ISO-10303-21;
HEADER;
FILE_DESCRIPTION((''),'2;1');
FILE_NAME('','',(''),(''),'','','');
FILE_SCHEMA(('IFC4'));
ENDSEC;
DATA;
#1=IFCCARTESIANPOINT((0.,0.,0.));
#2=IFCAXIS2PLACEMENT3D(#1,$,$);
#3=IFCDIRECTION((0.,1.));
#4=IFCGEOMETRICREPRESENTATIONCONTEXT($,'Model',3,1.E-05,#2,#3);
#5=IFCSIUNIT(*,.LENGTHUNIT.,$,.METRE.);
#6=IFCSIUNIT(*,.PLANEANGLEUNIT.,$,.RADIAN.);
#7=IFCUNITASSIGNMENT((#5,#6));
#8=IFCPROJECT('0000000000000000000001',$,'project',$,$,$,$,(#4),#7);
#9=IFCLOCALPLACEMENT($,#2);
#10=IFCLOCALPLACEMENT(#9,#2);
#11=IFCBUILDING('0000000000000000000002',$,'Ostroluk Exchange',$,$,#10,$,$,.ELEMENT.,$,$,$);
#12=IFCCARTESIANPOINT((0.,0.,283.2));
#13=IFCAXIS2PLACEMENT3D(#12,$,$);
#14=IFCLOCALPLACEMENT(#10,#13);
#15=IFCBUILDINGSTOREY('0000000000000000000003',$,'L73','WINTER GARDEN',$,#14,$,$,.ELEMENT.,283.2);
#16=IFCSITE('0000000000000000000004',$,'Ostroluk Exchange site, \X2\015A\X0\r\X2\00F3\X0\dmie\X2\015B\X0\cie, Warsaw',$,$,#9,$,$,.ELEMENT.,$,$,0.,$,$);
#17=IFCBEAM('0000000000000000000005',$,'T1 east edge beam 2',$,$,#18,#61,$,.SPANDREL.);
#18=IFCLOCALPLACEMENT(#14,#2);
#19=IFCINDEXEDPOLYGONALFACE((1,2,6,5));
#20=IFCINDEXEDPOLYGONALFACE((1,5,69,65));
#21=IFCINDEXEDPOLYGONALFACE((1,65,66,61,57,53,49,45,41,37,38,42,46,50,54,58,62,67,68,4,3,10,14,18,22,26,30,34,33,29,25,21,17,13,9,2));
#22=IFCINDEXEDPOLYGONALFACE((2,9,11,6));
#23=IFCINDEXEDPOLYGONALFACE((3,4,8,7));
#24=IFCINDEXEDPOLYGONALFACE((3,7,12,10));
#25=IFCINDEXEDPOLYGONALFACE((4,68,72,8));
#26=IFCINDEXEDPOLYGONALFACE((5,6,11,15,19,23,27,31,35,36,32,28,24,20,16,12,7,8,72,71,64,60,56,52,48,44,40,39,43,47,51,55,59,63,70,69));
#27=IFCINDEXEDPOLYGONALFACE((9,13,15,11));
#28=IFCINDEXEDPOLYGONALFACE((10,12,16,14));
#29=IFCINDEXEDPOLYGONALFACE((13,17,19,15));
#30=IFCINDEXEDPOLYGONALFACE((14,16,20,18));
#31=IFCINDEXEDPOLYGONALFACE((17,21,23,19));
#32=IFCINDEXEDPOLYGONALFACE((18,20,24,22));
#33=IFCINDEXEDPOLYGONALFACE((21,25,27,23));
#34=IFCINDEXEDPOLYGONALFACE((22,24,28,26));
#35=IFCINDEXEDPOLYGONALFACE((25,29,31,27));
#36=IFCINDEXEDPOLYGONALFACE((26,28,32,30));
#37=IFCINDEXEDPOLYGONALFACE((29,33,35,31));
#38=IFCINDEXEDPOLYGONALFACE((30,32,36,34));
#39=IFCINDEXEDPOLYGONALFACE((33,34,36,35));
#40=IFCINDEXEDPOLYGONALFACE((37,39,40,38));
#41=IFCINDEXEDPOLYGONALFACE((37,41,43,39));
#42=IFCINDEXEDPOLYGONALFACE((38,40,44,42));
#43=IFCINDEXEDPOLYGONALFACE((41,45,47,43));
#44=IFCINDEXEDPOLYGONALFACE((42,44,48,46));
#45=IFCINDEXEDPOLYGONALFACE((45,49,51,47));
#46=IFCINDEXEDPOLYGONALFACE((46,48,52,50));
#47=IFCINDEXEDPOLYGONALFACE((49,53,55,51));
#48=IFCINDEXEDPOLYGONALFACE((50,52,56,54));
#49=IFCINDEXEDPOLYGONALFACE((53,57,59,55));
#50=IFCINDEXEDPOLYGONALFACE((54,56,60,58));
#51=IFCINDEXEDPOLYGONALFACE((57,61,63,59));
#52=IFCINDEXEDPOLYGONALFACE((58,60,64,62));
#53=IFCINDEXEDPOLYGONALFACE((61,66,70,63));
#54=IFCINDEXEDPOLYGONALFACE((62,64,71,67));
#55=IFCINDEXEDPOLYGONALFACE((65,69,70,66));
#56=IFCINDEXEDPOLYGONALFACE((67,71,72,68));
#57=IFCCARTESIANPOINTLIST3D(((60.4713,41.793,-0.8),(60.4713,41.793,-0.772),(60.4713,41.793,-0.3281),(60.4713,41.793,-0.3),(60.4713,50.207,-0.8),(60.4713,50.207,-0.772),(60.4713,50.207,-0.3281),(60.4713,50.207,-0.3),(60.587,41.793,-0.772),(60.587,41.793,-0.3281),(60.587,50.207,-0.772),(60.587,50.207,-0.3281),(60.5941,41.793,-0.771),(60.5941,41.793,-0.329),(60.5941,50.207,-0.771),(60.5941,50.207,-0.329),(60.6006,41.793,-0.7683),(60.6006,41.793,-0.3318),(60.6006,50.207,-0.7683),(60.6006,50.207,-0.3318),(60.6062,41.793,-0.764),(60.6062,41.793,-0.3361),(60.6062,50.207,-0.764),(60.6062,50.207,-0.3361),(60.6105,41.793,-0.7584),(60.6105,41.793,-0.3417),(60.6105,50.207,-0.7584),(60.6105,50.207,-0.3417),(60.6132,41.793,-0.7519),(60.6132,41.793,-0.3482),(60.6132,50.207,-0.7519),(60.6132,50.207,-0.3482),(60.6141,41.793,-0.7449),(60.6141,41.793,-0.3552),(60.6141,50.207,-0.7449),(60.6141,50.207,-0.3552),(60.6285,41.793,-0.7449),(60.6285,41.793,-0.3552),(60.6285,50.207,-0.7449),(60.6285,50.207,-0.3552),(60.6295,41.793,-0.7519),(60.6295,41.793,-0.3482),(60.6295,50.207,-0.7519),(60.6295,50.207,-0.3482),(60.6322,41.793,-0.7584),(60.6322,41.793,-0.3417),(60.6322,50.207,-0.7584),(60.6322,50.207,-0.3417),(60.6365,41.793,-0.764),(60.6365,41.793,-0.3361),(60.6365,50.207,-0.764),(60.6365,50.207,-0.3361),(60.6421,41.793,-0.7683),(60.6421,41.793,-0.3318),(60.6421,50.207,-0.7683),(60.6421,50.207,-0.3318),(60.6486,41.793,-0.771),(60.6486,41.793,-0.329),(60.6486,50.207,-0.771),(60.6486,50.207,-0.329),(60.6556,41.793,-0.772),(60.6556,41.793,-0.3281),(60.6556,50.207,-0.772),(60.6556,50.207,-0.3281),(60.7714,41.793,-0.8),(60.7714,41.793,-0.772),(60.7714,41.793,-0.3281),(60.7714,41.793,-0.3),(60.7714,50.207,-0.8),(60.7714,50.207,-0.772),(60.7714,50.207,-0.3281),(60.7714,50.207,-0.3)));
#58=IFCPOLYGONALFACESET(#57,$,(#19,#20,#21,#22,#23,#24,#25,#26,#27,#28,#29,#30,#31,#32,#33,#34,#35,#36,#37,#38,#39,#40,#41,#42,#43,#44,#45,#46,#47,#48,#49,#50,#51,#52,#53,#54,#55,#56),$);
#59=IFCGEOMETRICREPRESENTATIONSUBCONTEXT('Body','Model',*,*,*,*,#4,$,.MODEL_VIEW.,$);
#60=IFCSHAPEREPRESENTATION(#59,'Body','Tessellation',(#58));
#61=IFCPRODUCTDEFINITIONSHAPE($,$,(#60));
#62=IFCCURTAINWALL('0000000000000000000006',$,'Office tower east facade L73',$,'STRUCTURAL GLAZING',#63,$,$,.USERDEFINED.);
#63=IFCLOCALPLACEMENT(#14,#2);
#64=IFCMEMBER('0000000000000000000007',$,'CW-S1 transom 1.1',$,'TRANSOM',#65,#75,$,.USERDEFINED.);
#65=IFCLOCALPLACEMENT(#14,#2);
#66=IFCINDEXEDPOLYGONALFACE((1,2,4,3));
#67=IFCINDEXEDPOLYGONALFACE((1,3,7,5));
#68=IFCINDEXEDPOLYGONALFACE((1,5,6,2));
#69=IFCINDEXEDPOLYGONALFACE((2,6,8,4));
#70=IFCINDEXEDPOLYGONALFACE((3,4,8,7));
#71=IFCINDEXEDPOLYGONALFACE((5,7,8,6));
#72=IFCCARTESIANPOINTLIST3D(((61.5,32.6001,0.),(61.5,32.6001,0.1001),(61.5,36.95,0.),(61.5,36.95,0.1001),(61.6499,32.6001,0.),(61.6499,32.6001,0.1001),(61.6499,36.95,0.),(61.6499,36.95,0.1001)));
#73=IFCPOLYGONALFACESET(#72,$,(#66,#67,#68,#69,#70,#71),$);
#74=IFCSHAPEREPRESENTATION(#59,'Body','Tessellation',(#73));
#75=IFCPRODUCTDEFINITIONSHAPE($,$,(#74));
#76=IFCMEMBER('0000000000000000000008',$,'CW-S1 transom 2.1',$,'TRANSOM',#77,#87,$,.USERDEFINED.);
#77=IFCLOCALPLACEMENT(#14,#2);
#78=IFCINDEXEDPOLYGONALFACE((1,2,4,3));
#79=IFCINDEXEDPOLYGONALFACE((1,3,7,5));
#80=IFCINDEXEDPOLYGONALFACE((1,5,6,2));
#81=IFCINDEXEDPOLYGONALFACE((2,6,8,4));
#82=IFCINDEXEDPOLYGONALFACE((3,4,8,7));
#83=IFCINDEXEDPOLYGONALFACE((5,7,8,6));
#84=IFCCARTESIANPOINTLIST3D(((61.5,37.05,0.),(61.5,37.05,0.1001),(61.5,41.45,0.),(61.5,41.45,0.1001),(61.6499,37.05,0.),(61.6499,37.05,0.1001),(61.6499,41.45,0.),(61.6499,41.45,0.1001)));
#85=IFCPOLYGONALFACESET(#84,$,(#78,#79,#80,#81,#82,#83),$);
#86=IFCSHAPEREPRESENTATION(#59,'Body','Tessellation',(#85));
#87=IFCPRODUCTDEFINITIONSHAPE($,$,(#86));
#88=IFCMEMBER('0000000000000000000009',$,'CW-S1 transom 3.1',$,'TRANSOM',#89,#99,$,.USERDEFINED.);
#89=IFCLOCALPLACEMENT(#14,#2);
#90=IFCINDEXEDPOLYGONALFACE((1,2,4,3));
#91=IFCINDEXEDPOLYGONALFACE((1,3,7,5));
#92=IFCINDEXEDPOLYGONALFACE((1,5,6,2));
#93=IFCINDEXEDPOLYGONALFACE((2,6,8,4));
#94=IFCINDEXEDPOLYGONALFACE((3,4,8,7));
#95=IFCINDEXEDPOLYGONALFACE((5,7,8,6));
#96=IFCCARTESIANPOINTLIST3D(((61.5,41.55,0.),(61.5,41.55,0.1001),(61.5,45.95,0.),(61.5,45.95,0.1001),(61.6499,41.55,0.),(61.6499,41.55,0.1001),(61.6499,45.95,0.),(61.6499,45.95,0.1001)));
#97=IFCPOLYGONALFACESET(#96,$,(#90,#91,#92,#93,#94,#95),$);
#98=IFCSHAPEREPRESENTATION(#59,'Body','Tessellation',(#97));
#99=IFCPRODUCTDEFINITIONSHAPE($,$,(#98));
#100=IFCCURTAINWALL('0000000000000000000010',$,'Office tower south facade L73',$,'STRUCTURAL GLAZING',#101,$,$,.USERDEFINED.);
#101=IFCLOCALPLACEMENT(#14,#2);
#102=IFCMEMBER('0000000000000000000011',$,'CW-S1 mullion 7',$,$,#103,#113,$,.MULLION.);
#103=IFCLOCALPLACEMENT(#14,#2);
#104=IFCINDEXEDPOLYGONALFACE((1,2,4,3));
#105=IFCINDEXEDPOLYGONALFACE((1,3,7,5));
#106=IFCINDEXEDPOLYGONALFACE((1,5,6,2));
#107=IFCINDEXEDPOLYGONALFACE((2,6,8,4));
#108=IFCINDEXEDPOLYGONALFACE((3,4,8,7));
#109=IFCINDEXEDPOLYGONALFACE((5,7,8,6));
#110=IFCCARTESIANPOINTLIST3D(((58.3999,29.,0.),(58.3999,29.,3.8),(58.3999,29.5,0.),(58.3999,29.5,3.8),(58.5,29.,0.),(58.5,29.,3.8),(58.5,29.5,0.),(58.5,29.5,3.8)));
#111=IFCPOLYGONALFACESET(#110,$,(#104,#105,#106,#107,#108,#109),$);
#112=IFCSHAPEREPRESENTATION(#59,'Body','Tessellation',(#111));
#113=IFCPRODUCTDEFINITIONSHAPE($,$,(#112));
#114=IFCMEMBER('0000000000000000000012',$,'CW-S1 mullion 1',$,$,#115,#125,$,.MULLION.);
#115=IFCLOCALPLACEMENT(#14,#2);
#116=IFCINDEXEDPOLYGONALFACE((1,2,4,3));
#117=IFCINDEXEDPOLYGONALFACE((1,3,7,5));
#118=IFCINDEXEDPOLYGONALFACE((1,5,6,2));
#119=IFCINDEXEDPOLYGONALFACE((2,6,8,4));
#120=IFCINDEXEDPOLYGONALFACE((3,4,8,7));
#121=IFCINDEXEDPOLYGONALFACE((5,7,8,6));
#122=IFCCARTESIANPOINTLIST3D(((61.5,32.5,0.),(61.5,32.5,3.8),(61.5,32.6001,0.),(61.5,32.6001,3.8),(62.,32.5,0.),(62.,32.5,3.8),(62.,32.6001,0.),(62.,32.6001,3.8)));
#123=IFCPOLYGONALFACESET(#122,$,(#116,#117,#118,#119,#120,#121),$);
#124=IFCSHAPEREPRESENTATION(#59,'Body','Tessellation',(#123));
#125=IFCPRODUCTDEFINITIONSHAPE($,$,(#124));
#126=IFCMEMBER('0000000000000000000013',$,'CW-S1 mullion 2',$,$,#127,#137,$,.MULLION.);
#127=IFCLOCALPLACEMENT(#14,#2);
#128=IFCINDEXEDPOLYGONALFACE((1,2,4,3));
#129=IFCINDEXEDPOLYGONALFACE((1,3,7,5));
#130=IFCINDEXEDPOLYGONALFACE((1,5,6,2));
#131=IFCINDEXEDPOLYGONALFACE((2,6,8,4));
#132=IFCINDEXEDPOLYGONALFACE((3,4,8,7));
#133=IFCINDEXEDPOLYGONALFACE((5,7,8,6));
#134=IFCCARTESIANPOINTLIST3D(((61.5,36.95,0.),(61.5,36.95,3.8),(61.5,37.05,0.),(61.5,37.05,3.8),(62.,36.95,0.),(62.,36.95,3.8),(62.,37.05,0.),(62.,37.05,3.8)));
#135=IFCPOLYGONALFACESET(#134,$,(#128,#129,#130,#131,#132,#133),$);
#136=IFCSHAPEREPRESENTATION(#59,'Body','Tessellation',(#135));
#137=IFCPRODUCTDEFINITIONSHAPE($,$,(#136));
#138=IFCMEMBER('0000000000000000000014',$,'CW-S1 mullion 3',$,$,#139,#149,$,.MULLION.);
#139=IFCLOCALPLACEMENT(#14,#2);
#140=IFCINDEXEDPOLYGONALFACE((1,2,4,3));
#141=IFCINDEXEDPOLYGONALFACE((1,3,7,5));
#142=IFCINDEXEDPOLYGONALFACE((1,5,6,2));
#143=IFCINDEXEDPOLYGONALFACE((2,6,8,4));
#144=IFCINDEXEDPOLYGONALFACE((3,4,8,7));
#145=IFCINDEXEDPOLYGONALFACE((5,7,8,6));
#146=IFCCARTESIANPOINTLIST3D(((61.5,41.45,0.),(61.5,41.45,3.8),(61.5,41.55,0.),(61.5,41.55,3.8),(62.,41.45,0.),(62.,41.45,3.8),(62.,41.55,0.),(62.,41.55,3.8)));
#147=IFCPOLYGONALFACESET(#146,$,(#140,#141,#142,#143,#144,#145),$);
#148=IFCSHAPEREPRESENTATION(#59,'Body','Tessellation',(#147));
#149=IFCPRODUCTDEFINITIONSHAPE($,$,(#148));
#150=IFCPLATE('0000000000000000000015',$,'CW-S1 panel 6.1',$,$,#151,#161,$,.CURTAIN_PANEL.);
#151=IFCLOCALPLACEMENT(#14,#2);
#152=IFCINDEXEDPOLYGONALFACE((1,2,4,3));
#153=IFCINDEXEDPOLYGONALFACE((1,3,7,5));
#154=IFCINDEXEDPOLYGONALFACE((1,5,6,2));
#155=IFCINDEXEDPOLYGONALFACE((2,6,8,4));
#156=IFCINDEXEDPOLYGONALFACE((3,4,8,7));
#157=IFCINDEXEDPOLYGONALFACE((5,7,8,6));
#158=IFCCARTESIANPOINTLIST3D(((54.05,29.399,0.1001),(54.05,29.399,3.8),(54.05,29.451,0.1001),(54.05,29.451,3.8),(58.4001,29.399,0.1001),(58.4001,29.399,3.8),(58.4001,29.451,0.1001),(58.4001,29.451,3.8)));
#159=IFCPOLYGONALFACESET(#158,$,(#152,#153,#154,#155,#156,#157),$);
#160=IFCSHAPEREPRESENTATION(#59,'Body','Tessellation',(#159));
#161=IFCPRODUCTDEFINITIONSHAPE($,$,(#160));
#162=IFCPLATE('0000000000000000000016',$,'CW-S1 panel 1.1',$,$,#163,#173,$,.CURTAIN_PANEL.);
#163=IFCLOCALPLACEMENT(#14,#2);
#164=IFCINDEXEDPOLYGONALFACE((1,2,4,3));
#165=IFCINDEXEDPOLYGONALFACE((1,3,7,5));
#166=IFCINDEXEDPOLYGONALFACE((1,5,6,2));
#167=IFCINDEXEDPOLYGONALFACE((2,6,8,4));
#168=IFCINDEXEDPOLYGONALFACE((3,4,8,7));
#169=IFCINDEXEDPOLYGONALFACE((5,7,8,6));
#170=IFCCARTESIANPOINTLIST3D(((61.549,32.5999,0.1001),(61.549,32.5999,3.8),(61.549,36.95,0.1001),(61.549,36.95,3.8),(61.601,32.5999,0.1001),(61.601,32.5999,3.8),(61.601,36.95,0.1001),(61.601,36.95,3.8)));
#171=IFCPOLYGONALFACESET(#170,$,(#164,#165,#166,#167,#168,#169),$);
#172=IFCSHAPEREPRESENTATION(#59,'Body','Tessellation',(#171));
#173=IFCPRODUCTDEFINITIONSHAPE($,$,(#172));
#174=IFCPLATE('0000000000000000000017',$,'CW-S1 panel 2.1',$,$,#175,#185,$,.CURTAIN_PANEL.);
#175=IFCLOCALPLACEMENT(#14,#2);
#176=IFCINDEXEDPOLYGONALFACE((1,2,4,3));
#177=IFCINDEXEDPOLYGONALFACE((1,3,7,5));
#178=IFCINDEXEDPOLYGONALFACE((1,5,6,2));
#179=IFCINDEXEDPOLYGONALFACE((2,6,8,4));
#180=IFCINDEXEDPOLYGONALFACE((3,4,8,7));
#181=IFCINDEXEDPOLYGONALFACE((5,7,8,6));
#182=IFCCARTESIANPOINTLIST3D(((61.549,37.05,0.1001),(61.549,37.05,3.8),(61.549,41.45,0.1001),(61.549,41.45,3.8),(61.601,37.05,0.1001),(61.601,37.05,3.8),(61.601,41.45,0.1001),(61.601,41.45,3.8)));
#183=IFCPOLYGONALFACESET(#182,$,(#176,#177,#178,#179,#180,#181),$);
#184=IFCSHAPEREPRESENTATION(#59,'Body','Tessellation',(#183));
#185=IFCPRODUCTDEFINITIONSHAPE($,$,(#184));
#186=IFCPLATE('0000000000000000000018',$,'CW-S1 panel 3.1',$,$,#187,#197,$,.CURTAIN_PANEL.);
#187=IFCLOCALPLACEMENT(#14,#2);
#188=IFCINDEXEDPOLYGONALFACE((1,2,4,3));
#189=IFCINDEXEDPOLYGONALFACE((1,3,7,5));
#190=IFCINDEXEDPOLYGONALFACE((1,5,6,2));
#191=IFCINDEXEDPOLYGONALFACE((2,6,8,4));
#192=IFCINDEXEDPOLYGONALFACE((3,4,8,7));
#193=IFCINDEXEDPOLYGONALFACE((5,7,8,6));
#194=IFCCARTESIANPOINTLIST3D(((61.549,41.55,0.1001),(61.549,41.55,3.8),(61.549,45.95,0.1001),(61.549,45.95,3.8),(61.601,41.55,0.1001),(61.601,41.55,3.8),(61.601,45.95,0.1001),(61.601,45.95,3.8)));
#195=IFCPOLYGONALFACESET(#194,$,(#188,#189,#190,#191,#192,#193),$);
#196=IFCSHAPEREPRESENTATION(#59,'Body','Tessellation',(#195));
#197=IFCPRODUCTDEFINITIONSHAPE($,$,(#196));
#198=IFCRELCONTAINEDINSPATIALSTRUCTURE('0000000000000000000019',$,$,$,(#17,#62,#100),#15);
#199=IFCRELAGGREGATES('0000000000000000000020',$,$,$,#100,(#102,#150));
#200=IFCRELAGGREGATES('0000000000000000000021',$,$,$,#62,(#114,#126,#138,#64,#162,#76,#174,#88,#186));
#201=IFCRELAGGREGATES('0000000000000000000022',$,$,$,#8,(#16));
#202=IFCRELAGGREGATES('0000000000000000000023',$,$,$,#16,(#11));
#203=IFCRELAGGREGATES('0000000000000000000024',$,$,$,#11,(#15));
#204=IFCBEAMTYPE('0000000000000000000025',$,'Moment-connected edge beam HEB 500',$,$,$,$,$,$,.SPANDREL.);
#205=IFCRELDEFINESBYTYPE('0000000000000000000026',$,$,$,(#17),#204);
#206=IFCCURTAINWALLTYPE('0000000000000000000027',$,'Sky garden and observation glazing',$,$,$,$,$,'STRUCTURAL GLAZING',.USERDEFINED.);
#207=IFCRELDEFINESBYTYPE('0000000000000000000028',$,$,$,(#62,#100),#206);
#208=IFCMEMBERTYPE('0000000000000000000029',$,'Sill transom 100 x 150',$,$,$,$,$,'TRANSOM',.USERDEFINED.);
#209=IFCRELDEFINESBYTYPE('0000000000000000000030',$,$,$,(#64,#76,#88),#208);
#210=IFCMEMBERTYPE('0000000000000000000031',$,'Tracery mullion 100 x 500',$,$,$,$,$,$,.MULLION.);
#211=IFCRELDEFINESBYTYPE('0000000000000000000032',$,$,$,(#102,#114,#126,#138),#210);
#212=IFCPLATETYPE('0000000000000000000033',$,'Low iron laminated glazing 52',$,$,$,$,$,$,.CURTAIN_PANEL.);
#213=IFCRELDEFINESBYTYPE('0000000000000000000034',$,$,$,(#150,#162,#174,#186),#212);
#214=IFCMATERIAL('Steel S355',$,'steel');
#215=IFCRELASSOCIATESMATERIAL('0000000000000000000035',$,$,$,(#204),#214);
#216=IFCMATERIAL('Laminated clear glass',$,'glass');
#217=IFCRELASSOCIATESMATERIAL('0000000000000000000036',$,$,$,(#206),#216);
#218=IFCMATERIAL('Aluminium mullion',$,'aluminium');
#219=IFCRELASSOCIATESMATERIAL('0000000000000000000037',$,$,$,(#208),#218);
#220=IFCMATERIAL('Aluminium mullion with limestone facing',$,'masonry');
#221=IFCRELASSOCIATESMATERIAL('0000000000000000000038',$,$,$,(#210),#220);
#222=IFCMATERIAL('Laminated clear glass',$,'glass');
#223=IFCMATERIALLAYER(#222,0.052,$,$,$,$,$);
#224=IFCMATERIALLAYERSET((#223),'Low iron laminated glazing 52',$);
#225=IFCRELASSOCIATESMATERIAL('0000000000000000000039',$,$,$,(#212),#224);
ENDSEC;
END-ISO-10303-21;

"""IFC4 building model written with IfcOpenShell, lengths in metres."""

from ifc_helpers import new_model, si_unit, direction, frame, origin, origin_2d, place, context, subcontext, project, spatial, rectangle, i_section, extrude, material, layer, layer_set, material_profile, profile_set, type_object, element, aggregate, save


model = new_model("IFC4")

# Units and contexts
model_context = context("Model", 3, precision=1e-05, world=origin(), true_north=direction((0.0, 1.0)))
body_context = subcontext(model_context, "Body", "Model", "MODEL_VIEW")
ifc_project = project(units=[si_unit("LENGTHUNIT", "METRE"), si_unit("PLANEANGLEUNIT", "RADIAN")], contexts=[model_context])

# Site, building, storey
site_placement = place(None, origin())
site = spatial("IfcSite", under=ifc_project, at=site_placement, Name="Ostroluk Exchange site, Śródmieście, Warsaw", CompositionType="ELEMENT", RefElevation=0.0)
building_placement = place(site_placement, origin())
building = spatial("IfcBuilding", under=site, at=building_placement, Name="Ostroluk Exchange", CompositionType="ELEMENT")
storey_placement = place(building_placement, frame((0.0, 0.0, 283.2)))
storey = spatial("IfcBuildingStorey", under=building, at=storey_placement, Name="L73", Description="WINTER GARDEN", CompositionType="ELEMENT", Elevation=283.2)

# Beam
ifc_material_1 = material(Name="Steel S355", Category="steel")
ifc_material_profile_1 = material_profile(ifc_material_1, i_section(OverallWidth=0.3, OverallDepth=0.5, WebThickness=0.0144, FlangeThickness=0.0281, FilletRadius=0.0271, at=origin_2d()), Name="HEB 500")
ifc_profile_set_1 = profile_set([ifc_material_profile_1], Name="Steel S355")
beam_type_1 = type_object("IfcBeamType", Name="Moment-connected edge beam HEB 500", PredefinedType="SPANDREL", material=ifc_profile_set_1)
beam_1_placement = place(storey_placement, frame((60.6213, 41.793, -0.55), z_axis=(0.0, 1.0, 0.0), x_axis=(-1.0, 0.0, 0.0)))
element("IfcBeam", 1, at=beam_1_placement, inside=storey, type_object=beam_type_1, Name="T1 east edge beam 2", PredefinedType="SPANDREL", context=body_context, shape_type="SweptSolid", body=[
    extrude(i_section(OverallWidth=0.3, OverallDepth=0.5, WebThickness=0.0144, FlangeThickness=0.0281, FilletRadius=0.0271, at=origin_2d()), origin(), (0.0, 0.0, 1.0), 8.4141),
])

# Curtain wall, members
ifc_material_2 = material(Name="Laminated clear glass", Category="glass")
curtain_wall_type = type_object("IfcCurtainWallType", Name="Sky garden and observation glazing", ElementType="STRUCTURAL GLAZING", PredefinedType="USERDEFINED", material=ifc_material_2)
curtain_wall_1_placement = place(storey_placement, origin())
curtain_wall_1 = element("IfcCurtainWall", 2, at=curtain_wall_1_placement, inside=storey, type_object=curtain_wall_type, Name="Office tower east facade L73", ObjectType="STRUCTURAL GLAZING", PredefinedType="USERDEFINED")
ifc_material_3 = material(Name="Aluminium mullion", Category="aluminium")
ifc_material_profile_2 = material_profile(ifc_material_3, rectangle(XDim=0.1499, YDim=0.1001, at=origin_2d()), Name="Sill transom 100 x 150")
ifc_profile_set_2 = profile_set([ifc_material_profile_2], Name="Aluminium mullion")
member_type_1 = type_object("IfcMemberType", Name="Sill transom 100 x 150", ElementType="TRANSOM", PredefinedType="USERDEFINED", material=ifc_profile_set_2)
member_1_placement = place(storey_placement, frame((61.575, 32.6001, 0.05), z_axis=(0.0, 1.0, 0.0), x_axis=(-1.0, 0.0, 0.0)))
member_1 = element("IfcMember", 3, at=member_1_placement, type_object=member_type_1, Name="CW-S1 transom 1.1", ObjectType="TRANSOM", PredefinedType="USERDEFINED", context=body_context, shape_type="SweptSolid", body=[
    extrude(rectangle(XDim=0.1499, YDim=0.1001, at=origin_2d()), origin(), (0.0, 0.0, 1.0), 4.3499),
])
member_2_placement = place(storey_placement, frame((61.575, 37.05, 0.05), z_axis=(0.0, 1.0, 0.0), x_axis=(-1.0, 0.0, 0.0)))
member_2 = element("IfcMember", 4, at=member_2_placement, type_object=member_type_1, Name="CW-S1 transom 2.1", ObjectType="TRANSOM", PredefinedType="USERDEFINED", context=body_context, shape_type="SweptSolid", body=[
    extrude(rectangle(XDim=0.1499, YDim=0.1001, at=origin_2d()), origin(), (0.0, 0.0, 1.0), 4.3999),
])
member_3_placement = place(storey_placement, frame((61.575, 41.55, 0.05), z_axis=(0.0, 1.0, 0.0), x_axis=(-1.0, 0.0, 0.0)))
member_3 = element("IfcMember", 5, at=member_3_placement, type_object=member_type_1, Name="CW-S1 transom 3.1", ObjectType="TRANSOM", PredefinedType="USERDEFINED", context=body_context, shape_type="SweptSolid", body=[
    extrude(rectangle(XDim=0.1499, YDim=0.1001, at=origin_2d()), origin(), (0.0, 0.0, 1.0), 4.3999),
])

# Curtain wall, member
curtain_wall_2_placement = place(storey_placement, origin())
curtain_wall_2 = element("IfcCurtainWall", 6, at=curtain_wall_2_placement, inside=storey, type_object=curtain_wall_type, Name="Office tower south facade L73", ObjectType="STRUCTURAL GLAZING", PredefinedType="USERDEFINED")
ifc_material_4 = material(Name="Aluminium mullion with limestone facing", Category="masonry")
ifc_material_profile_3 = material_profile(ifc_material_4, rectangle(XDim=0.5, YDim=0.1001, at=origin_2d()), Name="Tracery mullion 100 x 500")
ifc_profile_set_3 = profile_set([ifc_material_profile_3], Name="Aluminium mullion with limestone facing")
member_type_2 = type_object("IfcMemberType", Name="Tracery mullion 100 x 500", PredefinedType="MULLION", material=ifc_profile_set_3)
member_4_placement = place(storey_placement, frame((58.45, 29.25, 0.0), z_axis=(0.0, 0.0, 1.0), x_axis=(0.0, 1.0, 0.0)))
member_4 = element("IfcMember", 7, at=member_4_placement, type_object=member_type_2, Name="CW-S1 mullion 7", PredefinedType="MULLION", context=body_context, shape_type="SweptSolid", body=[
    extrude(rectangle(XDim=0.5, YDim=0.1001, at=origin_2d()), origin(), (0.0, 0.0, 1.0), 3.8),
])

# Members
member_5_placement = place(storey_placement, frame((61.75, 32.55, 0.0), z_axis=(0.0, 0.0, 1.0), x_axis=(-1.0, 0.0, 0.0)))
member_5 = element("IfcMember", 8, at=member_5_placement, type_object=member_type_2, Name="CW-S1 mullion 1", PredefinedType="MULLION", context=body_context, shape_type="SweptSolid", body=[
    extrude(rectangle(XDim=0.5, YDim=0.1001, at=origin_2d()), origin(), (0.0, 0.0, 1.0), 3.8),
])
member_6_placement = place(storey_placement, frame((61.75, 37.0, 0.0), z_axis=(0.0, 0.0, 1.0), x_axis=(-1.0, 0.0, 0.0)))
member_6 = element("IfcMember", 9, at=member_6_placement, type_object=member_type_2, Name="CW-S1 mullion 2", PredefinedType="MULLION", context=body_context, shape_type="SweptSolid", body=[
    extrude(rectangle(XDim=0.5, YDim=0.1001, at=origin_2d()), origin(), (0.0, 0.0, 1.0), 3.8),
])
member_7_placement = place(storey_placement, frame((61.75, 41.5, 0.0), z_axis=(0.0, 0.0, 1.0), x_axis=(-1.0, 0.0, 0.0)))
member_7 = element("IfcMember", 10, at=member_7_placement, type_object=member_type_2, Name="CW-S1 mullion 3", PredefinedType="MULLION", context=body_context, shape_type="SweptSolid", body=[
    extrude(rectangle(XDim=0.5, YDim=0.1001, at=origin_2d()), origin(), (0.0, 0.0, 1.0), 3.8),
])

# Plates
ifc_material_5 = material(Name="Laminated clear glass", Category="glass")
ifc_layer_1 = layer(ifc_material_5, 0.052)
ifc_layer_set_1 = layer_set([ifc_layer_1], Name="Low iron laminated glazing 52")
plate_type_1 = type_object("IfcPlateType", Name="Low iron laminated glazing 52", PredefinedType="CURTAIN_PANEL", material=ifc_layer_set_1)
plate_1_placement = place(storey_placement, frame((56.2251, 29.425, 0.1001), z_axis=(0.0, 0.0, 1.0), x_axis=(1.0, 0.0, 0.0)))
plate_1 = element("IfcPlate", 11, at=plate_1_placement, type_object=plate_type_1, Name="CW-S1 panel 6.1", PredefinedType="CURTAIN_PANEL", context=body_context, shape_type="SweptSolid", body=[
    extrude(rectangle(XDim=4.3501, YDim=0.052, at=origin_2d()), origin(), (0.0, 0.0, 1.0), 3.7),
])
aggregate(curtain_wall_2, [member_4, plate_1])
plate_2_placement = place(storey_placement, frame((61.575, 34.7749, 0.1001), z_axis=(0.0, 0.0, 1.0), x_axis=(0.0, 1.0, 0.0)))
plate_2 = element("IfcPlate", 12, at=plate_2_placement, type_object=plate_type_1, Name="CW-S1 panel 1.1", PredefinedType="CURTAIN_PANEL", context=body_context, shape_type="SweptSolid", body=[
    extrude(rectangle(XDim=4.3501, YDim=0.052, at=origin_2d()), origin(), (0.0, 0.0, 1.0), 3.7),
])
plate_3_placement = place(storey_placement, frame((61.575, 39.25, 0.1001), z_axis=(0.0, 0.0, 1.0), x_axis=(0.0, 1.0, 0.0)))
plate_3 = element("IfcPlate", 13, at=plate_3_placement, type_object=plate_type_1, Name="CW-S1 panel 2.1", PredefinedType="CURTAIN_PANEL", context=body_context, shape_type="SweptSolid", body=[
    extrude(rectangle(XDim=4.3999, YDim=0.052, at=origin_2d()), origin(), (0.0, 0.0, 1.0), 3.7),
])
plate_4_placement = place(storey_placement, frame((61.575, 43.75, 0.1001), z_axis=(0.0, 0.0, 1.0), x_axis=(0.0, 1.0, 0.0)))
plate_4 = element("IfcPlate", 14, at=plate_4_placement, type_object=plate_type_1, Name="CW-S1 panel 3.1", PredefinedType="CURTAIN_PANEL", context=body_context, shape_type="SweptSolid", body=[
    extrude(rectangle(XDim=4.3999, YDim=0.052, at=origin_2d()), origin(), (0.0, 0.0, 1.0), 3.7),
])
aggregate(curtain_wall_1, [member_5, member_6, member_7, member_1, plate_2, member_2, plate_3, member_3, plate_4])

save(model, "model.ifc")
